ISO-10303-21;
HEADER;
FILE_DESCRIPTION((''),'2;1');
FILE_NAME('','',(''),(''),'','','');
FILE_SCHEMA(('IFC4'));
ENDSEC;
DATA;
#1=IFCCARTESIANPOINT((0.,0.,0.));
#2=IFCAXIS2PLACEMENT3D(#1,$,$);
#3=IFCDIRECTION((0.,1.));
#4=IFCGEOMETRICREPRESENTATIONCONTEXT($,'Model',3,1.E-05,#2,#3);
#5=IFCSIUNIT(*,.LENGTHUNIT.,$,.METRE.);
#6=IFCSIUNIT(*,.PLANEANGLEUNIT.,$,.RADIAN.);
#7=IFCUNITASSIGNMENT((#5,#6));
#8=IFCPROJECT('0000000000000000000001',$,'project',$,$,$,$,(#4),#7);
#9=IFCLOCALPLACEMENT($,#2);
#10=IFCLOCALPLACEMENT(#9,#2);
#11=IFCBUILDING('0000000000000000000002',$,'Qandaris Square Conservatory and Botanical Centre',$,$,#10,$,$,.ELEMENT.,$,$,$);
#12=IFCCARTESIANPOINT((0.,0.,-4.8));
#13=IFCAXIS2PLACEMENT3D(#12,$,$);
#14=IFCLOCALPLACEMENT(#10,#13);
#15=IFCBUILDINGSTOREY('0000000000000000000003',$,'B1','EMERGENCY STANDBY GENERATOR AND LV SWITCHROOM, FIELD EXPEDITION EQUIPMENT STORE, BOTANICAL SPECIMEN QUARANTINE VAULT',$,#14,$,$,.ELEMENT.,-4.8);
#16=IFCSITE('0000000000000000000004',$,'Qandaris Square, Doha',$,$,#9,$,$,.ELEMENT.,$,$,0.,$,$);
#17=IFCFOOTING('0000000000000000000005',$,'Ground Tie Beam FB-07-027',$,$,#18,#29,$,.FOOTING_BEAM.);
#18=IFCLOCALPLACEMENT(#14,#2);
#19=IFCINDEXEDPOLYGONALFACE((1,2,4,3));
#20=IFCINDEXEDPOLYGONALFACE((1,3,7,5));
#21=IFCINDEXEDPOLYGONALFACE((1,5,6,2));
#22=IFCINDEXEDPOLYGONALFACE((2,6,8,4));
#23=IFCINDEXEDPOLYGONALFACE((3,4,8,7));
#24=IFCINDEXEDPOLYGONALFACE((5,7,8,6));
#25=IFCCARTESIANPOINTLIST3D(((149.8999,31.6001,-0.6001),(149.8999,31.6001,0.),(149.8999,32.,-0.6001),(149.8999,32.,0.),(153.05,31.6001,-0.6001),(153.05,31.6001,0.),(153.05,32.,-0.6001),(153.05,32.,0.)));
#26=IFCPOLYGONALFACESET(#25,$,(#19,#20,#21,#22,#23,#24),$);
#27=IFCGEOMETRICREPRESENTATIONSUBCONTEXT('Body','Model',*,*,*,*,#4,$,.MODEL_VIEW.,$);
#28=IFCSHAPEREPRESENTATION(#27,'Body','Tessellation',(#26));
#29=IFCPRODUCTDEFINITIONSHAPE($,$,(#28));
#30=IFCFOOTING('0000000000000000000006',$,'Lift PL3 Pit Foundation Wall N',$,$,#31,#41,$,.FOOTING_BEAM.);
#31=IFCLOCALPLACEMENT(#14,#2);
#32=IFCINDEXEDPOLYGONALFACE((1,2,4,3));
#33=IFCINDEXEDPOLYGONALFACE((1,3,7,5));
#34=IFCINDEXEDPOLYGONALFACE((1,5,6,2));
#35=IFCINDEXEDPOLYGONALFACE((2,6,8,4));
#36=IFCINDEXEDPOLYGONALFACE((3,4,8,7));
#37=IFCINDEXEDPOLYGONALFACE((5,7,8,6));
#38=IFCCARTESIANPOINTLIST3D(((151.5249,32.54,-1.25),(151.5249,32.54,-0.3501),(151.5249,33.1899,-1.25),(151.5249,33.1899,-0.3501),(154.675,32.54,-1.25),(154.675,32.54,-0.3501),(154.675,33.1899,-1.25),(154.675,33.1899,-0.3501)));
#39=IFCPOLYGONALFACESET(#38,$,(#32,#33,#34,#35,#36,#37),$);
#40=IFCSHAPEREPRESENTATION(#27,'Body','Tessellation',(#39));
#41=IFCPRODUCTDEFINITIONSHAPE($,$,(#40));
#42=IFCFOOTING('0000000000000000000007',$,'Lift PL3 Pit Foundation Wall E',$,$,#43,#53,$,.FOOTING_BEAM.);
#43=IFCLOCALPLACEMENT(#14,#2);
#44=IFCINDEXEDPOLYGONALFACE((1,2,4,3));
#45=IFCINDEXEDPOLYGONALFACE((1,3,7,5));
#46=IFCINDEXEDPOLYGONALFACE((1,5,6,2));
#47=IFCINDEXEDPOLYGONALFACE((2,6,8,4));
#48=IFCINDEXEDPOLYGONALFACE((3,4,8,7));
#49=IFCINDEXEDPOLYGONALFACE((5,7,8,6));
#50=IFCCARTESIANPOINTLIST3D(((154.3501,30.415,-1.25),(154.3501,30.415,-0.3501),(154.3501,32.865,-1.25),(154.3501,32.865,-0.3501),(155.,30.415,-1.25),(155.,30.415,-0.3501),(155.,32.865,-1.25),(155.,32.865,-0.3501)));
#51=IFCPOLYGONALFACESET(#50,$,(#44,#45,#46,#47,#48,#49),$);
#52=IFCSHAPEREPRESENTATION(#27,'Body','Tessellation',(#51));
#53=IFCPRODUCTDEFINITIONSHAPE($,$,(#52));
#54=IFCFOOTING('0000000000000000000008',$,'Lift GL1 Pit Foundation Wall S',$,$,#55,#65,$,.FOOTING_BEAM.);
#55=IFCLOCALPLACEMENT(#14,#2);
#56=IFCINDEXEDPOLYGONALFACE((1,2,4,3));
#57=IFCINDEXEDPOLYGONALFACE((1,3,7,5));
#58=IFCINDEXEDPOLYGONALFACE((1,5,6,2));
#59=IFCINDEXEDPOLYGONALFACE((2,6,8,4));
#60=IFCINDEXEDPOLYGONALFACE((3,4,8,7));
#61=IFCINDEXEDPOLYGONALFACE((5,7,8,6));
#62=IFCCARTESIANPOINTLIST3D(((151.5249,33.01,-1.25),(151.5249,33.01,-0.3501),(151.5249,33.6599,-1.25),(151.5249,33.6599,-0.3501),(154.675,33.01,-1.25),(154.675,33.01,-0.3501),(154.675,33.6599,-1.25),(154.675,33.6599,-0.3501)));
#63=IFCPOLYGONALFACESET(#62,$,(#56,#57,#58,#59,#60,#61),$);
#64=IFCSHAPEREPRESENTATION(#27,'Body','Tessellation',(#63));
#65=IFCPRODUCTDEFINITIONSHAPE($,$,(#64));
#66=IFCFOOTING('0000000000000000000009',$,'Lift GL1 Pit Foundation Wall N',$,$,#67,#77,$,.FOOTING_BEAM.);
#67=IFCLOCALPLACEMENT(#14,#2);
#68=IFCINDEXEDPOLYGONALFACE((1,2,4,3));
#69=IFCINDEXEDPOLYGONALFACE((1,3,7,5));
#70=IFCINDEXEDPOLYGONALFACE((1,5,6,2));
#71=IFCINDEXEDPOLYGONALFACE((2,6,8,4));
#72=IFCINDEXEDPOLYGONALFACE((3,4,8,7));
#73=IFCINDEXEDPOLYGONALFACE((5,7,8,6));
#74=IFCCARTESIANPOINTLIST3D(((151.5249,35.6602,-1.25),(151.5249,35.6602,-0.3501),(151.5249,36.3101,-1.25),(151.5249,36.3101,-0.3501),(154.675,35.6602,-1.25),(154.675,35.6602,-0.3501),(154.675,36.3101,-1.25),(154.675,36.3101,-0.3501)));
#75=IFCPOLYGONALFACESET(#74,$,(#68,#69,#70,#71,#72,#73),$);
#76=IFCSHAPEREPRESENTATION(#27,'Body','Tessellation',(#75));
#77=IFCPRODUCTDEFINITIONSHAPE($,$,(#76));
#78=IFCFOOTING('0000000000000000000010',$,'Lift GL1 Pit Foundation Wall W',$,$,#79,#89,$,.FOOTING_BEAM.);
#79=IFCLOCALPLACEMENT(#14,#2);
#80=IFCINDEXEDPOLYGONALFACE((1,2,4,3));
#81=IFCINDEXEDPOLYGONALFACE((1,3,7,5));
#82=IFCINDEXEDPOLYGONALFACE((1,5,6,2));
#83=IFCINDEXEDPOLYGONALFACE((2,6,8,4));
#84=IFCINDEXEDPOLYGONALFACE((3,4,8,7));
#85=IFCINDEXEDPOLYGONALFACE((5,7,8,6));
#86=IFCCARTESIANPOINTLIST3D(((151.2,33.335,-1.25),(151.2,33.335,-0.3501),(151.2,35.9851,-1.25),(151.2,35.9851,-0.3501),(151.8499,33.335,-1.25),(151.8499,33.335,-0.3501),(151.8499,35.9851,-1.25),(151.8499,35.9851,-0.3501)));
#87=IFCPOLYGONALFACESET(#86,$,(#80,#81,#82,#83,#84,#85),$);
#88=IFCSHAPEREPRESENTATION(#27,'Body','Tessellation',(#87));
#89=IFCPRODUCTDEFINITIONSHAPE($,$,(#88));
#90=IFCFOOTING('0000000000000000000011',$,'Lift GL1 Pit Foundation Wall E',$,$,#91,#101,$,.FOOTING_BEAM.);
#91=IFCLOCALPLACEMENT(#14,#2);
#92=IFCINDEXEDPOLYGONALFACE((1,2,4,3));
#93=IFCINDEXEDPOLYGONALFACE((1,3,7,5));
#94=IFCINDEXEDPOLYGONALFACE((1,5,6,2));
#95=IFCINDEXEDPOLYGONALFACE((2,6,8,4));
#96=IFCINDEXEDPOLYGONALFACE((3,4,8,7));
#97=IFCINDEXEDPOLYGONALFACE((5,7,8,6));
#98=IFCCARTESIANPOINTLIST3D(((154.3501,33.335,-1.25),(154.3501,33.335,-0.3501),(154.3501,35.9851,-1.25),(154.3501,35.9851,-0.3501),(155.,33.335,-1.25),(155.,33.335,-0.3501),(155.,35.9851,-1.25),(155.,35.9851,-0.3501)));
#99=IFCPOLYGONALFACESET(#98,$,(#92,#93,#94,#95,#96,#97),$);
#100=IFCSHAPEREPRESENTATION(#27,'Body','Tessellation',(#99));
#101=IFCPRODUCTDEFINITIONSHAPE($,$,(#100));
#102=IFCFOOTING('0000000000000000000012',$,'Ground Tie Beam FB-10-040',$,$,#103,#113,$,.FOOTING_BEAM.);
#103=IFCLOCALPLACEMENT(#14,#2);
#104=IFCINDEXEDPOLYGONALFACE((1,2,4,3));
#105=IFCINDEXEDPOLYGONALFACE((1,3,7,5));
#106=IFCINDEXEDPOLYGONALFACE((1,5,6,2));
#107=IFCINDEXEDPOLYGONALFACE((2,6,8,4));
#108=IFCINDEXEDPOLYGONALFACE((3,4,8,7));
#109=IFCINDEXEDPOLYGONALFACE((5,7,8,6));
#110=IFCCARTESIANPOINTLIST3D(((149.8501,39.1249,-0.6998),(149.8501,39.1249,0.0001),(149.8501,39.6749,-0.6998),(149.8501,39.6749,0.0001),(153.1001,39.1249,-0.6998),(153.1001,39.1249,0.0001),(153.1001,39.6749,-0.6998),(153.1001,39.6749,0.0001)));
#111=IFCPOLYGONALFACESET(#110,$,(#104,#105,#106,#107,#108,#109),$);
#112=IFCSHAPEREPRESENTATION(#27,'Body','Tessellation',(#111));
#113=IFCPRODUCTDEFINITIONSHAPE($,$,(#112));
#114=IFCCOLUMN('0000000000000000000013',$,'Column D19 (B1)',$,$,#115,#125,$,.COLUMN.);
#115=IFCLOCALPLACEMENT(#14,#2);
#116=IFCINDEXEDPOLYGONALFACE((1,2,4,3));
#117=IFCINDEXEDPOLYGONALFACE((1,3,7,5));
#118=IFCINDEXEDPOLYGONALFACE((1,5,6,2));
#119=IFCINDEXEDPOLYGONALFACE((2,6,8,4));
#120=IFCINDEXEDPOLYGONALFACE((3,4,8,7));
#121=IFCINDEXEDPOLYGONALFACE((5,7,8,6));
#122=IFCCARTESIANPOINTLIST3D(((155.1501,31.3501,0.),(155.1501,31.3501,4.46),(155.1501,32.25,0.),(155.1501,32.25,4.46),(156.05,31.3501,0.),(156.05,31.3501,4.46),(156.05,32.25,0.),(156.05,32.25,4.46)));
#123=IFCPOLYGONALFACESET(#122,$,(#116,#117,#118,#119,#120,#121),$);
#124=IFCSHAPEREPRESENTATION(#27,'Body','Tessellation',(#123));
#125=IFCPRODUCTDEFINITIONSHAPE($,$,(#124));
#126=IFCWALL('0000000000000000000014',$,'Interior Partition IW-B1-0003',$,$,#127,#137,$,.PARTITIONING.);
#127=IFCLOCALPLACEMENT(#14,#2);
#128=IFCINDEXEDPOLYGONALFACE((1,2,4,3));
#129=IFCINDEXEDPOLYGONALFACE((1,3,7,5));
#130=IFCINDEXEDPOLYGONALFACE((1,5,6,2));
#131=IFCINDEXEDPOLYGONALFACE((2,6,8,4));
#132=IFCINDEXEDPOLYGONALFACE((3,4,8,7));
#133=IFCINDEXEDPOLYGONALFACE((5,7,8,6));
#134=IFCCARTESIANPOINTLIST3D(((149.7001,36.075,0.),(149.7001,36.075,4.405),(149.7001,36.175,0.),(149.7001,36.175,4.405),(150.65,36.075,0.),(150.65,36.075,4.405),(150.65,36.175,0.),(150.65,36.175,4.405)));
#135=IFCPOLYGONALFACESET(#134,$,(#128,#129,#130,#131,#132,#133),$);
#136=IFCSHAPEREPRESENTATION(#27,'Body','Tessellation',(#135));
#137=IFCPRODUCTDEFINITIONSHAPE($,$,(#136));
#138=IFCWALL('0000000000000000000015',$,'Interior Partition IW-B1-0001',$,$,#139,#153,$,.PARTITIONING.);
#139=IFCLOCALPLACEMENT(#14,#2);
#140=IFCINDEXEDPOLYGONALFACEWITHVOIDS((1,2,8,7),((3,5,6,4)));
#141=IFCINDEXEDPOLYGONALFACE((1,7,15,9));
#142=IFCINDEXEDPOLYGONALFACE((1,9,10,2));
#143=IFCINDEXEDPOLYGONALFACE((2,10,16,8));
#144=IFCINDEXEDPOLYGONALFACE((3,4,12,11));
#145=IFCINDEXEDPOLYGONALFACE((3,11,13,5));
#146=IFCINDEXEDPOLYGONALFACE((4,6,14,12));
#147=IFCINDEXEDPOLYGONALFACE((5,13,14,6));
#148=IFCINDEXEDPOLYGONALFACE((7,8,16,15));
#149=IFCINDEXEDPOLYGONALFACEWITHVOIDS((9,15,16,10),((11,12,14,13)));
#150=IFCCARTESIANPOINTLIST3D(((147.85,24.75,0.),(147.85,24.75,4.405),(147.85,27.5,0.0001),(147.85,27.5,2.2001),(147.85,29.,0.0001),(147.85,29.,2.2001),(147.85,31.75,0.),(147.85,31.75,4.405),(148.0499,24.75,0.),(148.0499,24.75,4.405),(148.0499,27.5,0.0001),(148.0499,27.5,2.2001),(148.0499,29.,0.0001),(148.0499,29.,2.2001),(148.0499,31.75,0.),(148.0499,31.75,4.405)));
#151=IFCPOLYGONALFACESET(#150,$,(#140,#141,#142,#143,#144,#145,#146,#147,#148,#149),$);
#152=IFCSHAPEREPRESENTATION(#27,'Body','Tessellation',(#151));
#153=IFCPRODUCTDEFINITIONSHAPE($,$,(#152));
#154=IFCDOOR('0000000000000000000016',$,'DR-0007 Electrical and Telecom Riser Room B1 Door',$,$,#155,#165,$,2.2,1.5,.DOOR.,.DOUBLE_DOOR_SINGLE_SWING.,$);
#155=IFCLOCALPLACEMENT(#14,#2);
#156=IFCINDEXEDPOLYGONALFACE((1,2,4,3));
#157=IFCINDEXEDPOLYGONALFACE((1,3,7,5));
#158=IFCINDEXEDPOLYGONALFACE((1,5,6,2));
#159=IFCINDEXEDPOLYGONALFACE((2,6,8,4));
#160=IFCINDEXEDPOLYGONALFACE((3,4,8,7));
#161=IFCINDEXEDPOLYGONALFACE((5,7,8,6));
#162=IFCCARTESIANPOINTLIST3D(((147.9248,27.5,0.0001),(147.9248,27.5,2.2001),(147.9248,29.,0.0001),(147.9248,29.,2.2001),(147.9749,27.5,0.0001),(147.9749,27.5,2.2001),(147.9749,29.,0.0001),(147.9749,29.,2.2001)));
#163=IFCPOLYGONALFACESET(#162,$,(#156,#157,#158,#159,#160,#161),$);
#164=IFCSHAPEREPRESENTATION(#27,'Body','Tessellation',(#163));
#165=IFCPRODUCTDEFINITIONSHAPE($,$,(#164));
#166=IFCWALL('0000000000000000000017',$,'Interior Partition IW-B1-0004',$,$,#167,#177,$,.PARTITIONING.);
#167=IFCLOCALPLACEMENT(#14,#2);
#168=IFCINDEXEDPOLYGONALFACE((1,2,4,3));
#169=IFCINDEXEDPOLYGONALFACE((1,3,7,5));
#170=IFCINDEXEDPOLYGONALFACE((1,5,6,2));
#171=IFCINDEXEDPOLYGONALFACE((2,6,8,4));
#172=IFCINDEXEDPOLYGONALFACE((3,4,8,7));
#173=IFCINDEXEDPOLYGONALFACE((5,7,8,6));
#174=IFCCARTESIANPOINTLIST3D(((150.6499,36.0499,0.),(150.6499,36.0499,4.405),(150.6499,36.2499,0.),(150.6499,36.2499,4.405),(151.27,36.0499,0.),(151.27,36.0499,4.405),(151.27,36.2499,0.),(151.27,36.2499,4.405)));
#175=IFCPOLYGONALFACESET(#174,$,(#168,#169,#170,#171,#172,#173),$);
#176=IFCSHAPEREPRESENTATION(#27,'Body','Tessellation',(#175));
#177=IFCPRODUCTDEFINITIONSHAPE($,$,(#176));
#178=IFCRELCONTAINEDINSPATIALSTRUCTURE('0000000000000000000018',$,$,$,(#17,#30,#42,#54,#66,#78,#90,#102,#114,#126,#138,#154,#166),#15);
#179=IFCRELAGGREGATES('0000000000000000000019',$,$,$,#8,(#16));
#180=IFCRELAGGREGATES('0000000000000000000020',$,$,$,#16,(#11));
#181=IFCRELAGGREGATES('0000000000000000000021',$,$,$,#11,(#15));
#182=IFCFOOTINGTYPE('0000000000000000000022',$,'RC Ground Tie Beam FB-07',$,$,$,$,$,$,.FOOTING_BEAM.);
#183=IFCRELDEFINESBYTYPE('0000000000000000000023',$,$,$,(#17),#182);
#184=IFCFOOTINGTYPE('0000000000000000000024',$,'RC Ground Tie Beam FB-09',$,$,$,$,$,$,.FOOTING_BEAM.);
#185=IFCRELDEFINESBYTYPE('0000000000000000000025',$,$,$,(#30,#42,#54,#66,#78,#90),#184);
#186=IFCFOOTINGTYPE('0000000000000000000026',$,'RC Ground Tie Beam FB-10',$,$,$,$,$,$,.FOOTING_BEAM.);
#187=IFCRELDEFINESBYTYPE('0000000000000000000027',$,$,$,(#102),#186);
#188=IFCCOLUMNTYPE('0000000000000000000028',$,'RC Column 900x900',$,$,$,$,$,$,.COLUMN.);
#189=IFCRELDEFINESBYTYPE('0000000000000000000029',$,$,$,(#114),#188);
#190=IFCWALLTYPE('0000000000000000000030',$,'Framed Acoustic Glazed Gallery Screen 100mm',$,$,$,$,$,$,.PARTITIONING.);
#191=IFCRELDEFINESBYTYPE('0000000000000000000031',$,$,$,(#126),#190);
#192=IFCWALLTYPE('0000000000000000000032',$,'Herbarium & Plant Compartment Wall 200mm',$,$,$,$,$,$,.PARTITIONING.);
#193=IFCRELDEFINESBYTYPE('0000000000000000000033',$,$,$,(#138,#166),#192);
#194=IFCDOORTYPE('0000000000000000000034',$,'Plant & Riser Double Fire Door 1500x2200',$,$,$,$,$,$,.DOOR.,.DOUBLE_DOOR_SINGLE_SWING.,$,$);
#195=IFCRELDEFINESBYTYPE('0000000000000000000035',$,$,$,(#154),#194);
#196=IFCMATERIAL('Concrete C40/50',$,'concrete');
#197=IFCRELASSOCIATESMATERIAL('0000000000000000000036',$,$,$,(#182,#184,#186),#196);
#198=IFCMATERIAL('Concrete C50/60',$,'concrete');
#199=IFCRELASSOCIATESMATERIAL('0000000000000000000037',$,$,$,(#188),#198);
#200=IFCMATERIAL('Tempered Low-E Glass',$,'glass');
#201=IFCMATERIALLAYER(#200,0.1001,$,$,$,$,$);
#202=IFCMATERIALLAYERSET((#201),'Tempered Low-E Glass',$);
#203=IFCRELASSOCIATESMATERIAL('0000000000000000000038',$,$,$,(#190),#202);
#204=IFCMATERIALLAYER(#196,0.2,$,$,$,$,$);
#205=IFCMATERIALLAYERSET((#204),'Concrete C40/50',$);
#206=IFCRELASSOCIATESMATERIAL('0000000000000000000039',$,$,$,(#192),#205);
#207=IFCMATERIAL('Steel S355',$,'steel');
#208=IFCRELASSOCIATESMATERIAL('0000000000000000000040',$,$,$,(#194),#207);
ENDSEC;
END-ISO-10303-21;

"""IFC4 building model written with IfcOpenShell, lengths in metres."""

from ifc_helpers import new_model, si_unit, direction, frame, frame_2d, origin, origin_2d, place, context, subcontext, project, spatial, rectangle, extrude, material, layer, layer_set, material_profile, profile_set, type_object, element, fill, save


model = new_model("IFC4")

# Units and contexts
model_context = context("Model", 3, precision=1e-05, world=origin(), true_north=direction((0.0, 1.0)))
body_context = subcontext(model_context, "Body", "Model", "MODEL_VIEW")
ifc_project = project(units=[si_unit("LENGTHUNIT", "METRE"), si_unit("PLANEANGLEUNIT", "RADIAN")], contexts=[model_context])

# Site, building, storey
site_placement = place(None, origin())
site = spatial("IfcSite", under=ifc_project, at=site_placement, Name="Qandaris Square, Doha", CompositionType="ELEMENT", RefElevation=0.0)
building_placement = place(site_placement, origin())
building = spatial("IfcBuilding", under=site, at=building_placement, Name="Qandaris Square Conservatory and Botanical Centre", CompositionType="ELEMENT")
storey_placement = place(building_placement, frame((0.0, 0.0, -4.8)))
storey = spatial("IfcBuildingStorey", under=building, at=storey_placement, Name="B1", Description="EMERGENCY STANDBY GENERATOR AND LV SWITCHROOM, FIELD EXPEDITION EQUIPMENT STORE, BOTANICAL SPECIMEN QUARANTINE VAULT", CompositionType="ELEMENT", Elevation=-4.8)

# Shared definitions
ifc_material_1 = material(Name="Concrete C50/60", Category="concrete")

# Footings
ifc_material_2 = material(Name="Concrete C40/50", Category="concrete")
ifc_material_profile_1 = material_profile(ifc_material_2, rectangle(XDim=0.3999, YDim=0.6001, at=origin_2d()), Name="FB 400x600")
ifc_profile_set_1 = profile_set([ifc_material_profile_1], Name="Concrete C40/50")
footing_type_1 = type_object("IfcFootingType", Name="RC Ground Tie Beam FB-07", PredefinedType="FOOTING_BEAM", material=ifc_profile_set_1)
footing_1_placement = place(storey_placement, frame((149.8999, 31.8, -0.3), z_axis=(1.0, 0.0, 0.0), x_axis=(0.0, 1.0, 0.0)))
element("IfcFooting", 1, at=footing_1_placement, inside=storey, type_object=footing_type_1, Name="Ground Tie Beam FB-07-027", PredefinedType="FOOTING_BEAM", context=body_context, shape_type="SweptSolid", body=[
    extrude(rectangle(XDim=0.3999, YDim=0.6001, at=origin_2d()), origin(), (0.0, 0.0, 1.0), 3.1501),
])
ifc_material_profile_2 = material_profile(ifc_material_2, rectangle(XDim=0.6499, YDim=0.8999, at=origin_2d()), Name="FB 650x900")
ifc_profile_set_2 = profile_set([ifc_material_profile_2], Name="Concrete C40/50")
footing_type_2 = type_object("IfcFootingType", Name="RC Ground Tie Beam FB-09", PredefinedType="FOOTING_BEAM", material=ifc_profile_set_2)
footing_2_placement = place(storey_placement, frame((151.5249, 32.865, -0.8), z_axis=(1.0, 0.0, 0.0), x_axis=(0.0, 1.0, 0.0)))
element("IfcFooting", 2, at=footing_2_placement, inside=storey, type_object=footing_type_2, Name="Lift PL3 Pit Foundation Wall N", PredefinedType="FOOTING_BEAM", context=body_context, shape_type="SweptSolid", body=[
    extrude(rectangle(XDim=0.6499, YDim=0.8999, at=origin_2d()), origin(), (0.0, 0.0, 1.0), 3.1501),
])
footing_3_placement = place(storey_placement, frame((154.675, 30.415, -0.8), z_axis=(0.0, 1.0, 0.0), x_axis=(-1.0, 0.0, 0.0)))
element("IfcFooting", 3, at=footing_3_placement, inside=storey, type_object=footing_type_2, Name="Lift PL3 Pit Foundation Wall E", PredefinedType="FOOTING_BEAM", context=body_context, shape_type="SweptSolid", body=[
    extrude(rectangle(XDim=0.6499, YDim=0.8999, at=origin_2d()), origin(), (0.0, 0.0, 1.0), 2.45),
])
for number, where, z_axis, x_axis, name in (
    (4, (151.5249, 33.335, -0.8), (1.0, 0.0, 0.0), (0.0, 1.0, 0.0), "Lift GL1 Pit Foundation Wall S"),
    (5, (151.5249, 35.9851, -0.8), (1.0, 0.0, 0.0), (0.0, 1.0, 0.0), "Lift GL1 Pit Foundation Wall N"),
):
    element("IfcFooting", number, at=place(storey_placement, frame(where, z_axis=z_axis, x_axis=x_axis)), inside=storey, type_object=footing_type_2, Name=name, PredefinedType="FOOTING_BEAM", context=body_context, shape_type="SweptSolid", body=[
        extrude(rectangle(XDim=0.6499, YDim=0.8999, at=origin_2d()), origin(), (0.0, 0.0, 1.0), 3.1501),
    ])
for number, where, z_axis, x_axis, name in (
    (6, (151.5249, 33.335, -0.8), (0.0, 1.0, 0.0), (-1.0, 0.0, 0.0), "Lift GL1 Pit Foundation Wall W"),
    (7, (154.675, 33.335, -0.8), (0.0, 1.0, 0.0), (-1.0, 0.0, 0.0), "Lift GL1 Pit Foundation Wall E"),
):
    element("IfcFooting", number, at=place(storey_placement, frame(where, z_axis=z_axis, x_axis=x_axis)), inside=storey, type_object=footing_type_2, Name=name, PredefinedType="FOOTING_BEAM", context=body_context, shape_type="SweptSolid", body=[
        extrude(rectangle(XDim=0.6499, YDim=0.8999, at=origin_2d()), origin(), (0.0, 0.0, 1.0), 2.6501),
    ])
ifc_material_profile_3 = material_profile(ifc_material_2, rectangle(XDim=0.55, YDim=0.7, at=origin_2d()), Name="FB 550x700")
ifc_profile_set_3 = profile_set([ifc_material_profile_3], Name="Concrete C40/50")
footing_type_3 = type_object("IfcFootingType", Name="RC Ground Tie Beam FB-10", PredefinedType="FOOTING_BEAM", material=ifc_profile_set_3)
footing_4_placement = place(storey_placement, frame((149.8501, 39.3999, -0.3499), z_axis=(1.0, 0.0, 0.0), x_axis=(0.0, 1.0, 0.0)))
element("IfcFooting", 8, at=footing_4_placement, inside=storey, type_object=footing_type_3, Name="Ground Tie Beam FB-10-040", PredefinedType="FOOTING_BEAM", context=body_context, shape_type="SweptSolid", body=[
    extrude(rectangle(XDim=0.55, YDim=0.7, at=origin_2d()), origin(), (0.0, 0.0, 1.0), 3.25),
])

# Column
ifc_material_profile_4 = material_profile(ifc_material_1, rectangle(XDim=0.8999, YDim=0.8999, at=origin_2d()), Name="RC-COL 900x900")
ifc_profile_set_4 = profile_set([ifc_material_profile_4], Name="Concrete C50/60")
column_type = type_object("IfcColumnType", Name="RC Column 900x900", PredefinedType="COLUMN", material=ifc_profile_set_4)
column_placement = place(storey_placement, frame((155.6001, 31.8, 0.0), z_axis=(0.0, 0.0, 1.0), x_axis=(1.0, 0.0, 0.0)))
element("IfcColumn", 9, at=column_placement, inside=storey, type_object=column_type, Name="Column D19 (B1)", PredefinedType="COLUMN", context=body_context, shape_type="SweptSolid", body=[
    extrude(rectangle(XDim=0.8999, YDim=0.8999, at=origin_2d()), origin(), (0.0, 0.0, 1.0), 4.46),
])

# Wall
ifc_material_3 = material(Name="Tempered Low-E Glass", Category="glass")
ifc_layer_1 = layer(ifc_material_3, 0.1001)
ifc_layer_set_1 = layer_set([ifc_layer_1], Name="Tempered Low-E Glass")
wall_type_1 = type_object("IfcWallType", Name="Framed Acoustic Glazed Gallery Screen 100mm", PredefinedType="PARTITIONING", material=ifc_layer_set_1)
wall_1_placement = place(storey_placement, frame((149.7, 36.125, 0.0), z_axis=(0.0, 0.0, 1.0), x_axis=(1.0, 0.0, 0.0)))
element("IfcWall", 10, at=wall_1_placement, inside=storey, type_object=wall_type_1, Name="Interior Partition IW-B1-0003", PredefinedType="PARTITIONING", context=body_context, shape_type="SweptSolid", body=[
    extrude(rectangle(XDim=0.95, YDim=0.1001, at=frame_2d((0.4751, 0.0))), origin(), (0.0, 0.0, 1.0), 4.405),
])

# Wall, opening, door
ifc_layer_2 = layer(ifc_material_2, 0.2)
ifc_layer_set_2 = layer_set([ifc_layer_2], Name="Concrete C40/50")
wall_type_2 = type_object("IfcWallType", Name="Herbarium & Plant Compartment Wall 200mm", PredefinedType="PARTITIONING", material=ifc_layer_set_2)
wall_2_placement = place(storey_placement, frame((147.95, 31.75, 0.0), z_axis=(0.0, 0.0, 1.0), x_axis=(0.0, -1.0, 0.0)))
wall_2 = element("IfcWall", 11, at=wall_2_placement, inside=storey, type_object=wall_type_2, Name="Interior Partition IW-B1-0001", PredefinedType="PARTITIONING", context=body_context, shape_type="SweptSolid", body=[
    extrude(rectangle(XDim=7.0, YDim=0.2, at=frame_2d((3.5, 0.0))), origin(), (0.0, 0.0, 1.0), 4.405),
])
opening_1_placement = place(wall_2_placement, frame((2.75, 0.0, 0.0)))
opening_1 = element("IfcOpeningElement", 12, at=opening_1_placement, cuts=wall_2, PredefinedType="OPENING", context=body_context, shape_type="SweptSolid", body=[
    extrude(rectangle(XDim=1.5, YDim=2.2, at=frame_2d((0.75, 1.1001))), frame((0.0, 0.1118, 0.0), z_axis=(0.0, -1.0, 0.0), x_axis=(1.0, 0.0, 0.0)), (0.0, 0.0, 1.0), 0.2239),
])
ifc_material_4 = material(Name="Steel S355", Category="steel")
door_type_1 = type_object("IfcDoorType", Name="Plant & Riser Double Fire Door 1500x2200", OperationType="DOUBLE_DOOR_SINGLE_SWING", PredefinedType="DOOR", material=ifc_material_4)
door_1_placement = place(opening_1_placement, origin())
door_1 = element("IfcDoor", 13, at=door_1_placement, inside=storey, type_object=door_type_1, Name="DR-0007 Electrical and Telecom Riser Room B1 Door", OperationType="DOUBLE_DOOR_SINGLE_SWING", OverallHeight=2.2, OverallWidth=1.5, PredefinedType="DOOR", context=body_context, shape_type="SweptSolid", body=[
    extrude(rectangle(XDim=1.5, YDim=2.2, at=frame_2d((0.75, 1.1001))), frame((0.0, 0.0249, 0.0), z_axis=(0.0, -1.0, 0.0), x_axis=(1.0, 0.0, 0.0)), (0.0, 0.0, 1.0), 0.05),
])
fill(opening_1, door_1)

# Wall
wall_3_placement = place(storey_placement, frame((150.6499, 36.1499, 0.0), z_axis=(0.0, 0.0, 1.0), x_axis=(1.0, 0.0, 0.0)))
element("IfcWall", 14, at=wall_3_placement, inside=storey, type_object=wall_type_2, Name="Interior Partition IW-B1-0004", PredefinedType="PARTITIONING", context=body_context, shape_type="SweptSolid", body=[
    extrude(rectangle(XDim=0.6201, YDim=0.2, at=frame_2d((0.3101, 0.0))), origin(), (0.0, 0.0, 1.0), 4.405),
])

save(model, "model.ifc")
